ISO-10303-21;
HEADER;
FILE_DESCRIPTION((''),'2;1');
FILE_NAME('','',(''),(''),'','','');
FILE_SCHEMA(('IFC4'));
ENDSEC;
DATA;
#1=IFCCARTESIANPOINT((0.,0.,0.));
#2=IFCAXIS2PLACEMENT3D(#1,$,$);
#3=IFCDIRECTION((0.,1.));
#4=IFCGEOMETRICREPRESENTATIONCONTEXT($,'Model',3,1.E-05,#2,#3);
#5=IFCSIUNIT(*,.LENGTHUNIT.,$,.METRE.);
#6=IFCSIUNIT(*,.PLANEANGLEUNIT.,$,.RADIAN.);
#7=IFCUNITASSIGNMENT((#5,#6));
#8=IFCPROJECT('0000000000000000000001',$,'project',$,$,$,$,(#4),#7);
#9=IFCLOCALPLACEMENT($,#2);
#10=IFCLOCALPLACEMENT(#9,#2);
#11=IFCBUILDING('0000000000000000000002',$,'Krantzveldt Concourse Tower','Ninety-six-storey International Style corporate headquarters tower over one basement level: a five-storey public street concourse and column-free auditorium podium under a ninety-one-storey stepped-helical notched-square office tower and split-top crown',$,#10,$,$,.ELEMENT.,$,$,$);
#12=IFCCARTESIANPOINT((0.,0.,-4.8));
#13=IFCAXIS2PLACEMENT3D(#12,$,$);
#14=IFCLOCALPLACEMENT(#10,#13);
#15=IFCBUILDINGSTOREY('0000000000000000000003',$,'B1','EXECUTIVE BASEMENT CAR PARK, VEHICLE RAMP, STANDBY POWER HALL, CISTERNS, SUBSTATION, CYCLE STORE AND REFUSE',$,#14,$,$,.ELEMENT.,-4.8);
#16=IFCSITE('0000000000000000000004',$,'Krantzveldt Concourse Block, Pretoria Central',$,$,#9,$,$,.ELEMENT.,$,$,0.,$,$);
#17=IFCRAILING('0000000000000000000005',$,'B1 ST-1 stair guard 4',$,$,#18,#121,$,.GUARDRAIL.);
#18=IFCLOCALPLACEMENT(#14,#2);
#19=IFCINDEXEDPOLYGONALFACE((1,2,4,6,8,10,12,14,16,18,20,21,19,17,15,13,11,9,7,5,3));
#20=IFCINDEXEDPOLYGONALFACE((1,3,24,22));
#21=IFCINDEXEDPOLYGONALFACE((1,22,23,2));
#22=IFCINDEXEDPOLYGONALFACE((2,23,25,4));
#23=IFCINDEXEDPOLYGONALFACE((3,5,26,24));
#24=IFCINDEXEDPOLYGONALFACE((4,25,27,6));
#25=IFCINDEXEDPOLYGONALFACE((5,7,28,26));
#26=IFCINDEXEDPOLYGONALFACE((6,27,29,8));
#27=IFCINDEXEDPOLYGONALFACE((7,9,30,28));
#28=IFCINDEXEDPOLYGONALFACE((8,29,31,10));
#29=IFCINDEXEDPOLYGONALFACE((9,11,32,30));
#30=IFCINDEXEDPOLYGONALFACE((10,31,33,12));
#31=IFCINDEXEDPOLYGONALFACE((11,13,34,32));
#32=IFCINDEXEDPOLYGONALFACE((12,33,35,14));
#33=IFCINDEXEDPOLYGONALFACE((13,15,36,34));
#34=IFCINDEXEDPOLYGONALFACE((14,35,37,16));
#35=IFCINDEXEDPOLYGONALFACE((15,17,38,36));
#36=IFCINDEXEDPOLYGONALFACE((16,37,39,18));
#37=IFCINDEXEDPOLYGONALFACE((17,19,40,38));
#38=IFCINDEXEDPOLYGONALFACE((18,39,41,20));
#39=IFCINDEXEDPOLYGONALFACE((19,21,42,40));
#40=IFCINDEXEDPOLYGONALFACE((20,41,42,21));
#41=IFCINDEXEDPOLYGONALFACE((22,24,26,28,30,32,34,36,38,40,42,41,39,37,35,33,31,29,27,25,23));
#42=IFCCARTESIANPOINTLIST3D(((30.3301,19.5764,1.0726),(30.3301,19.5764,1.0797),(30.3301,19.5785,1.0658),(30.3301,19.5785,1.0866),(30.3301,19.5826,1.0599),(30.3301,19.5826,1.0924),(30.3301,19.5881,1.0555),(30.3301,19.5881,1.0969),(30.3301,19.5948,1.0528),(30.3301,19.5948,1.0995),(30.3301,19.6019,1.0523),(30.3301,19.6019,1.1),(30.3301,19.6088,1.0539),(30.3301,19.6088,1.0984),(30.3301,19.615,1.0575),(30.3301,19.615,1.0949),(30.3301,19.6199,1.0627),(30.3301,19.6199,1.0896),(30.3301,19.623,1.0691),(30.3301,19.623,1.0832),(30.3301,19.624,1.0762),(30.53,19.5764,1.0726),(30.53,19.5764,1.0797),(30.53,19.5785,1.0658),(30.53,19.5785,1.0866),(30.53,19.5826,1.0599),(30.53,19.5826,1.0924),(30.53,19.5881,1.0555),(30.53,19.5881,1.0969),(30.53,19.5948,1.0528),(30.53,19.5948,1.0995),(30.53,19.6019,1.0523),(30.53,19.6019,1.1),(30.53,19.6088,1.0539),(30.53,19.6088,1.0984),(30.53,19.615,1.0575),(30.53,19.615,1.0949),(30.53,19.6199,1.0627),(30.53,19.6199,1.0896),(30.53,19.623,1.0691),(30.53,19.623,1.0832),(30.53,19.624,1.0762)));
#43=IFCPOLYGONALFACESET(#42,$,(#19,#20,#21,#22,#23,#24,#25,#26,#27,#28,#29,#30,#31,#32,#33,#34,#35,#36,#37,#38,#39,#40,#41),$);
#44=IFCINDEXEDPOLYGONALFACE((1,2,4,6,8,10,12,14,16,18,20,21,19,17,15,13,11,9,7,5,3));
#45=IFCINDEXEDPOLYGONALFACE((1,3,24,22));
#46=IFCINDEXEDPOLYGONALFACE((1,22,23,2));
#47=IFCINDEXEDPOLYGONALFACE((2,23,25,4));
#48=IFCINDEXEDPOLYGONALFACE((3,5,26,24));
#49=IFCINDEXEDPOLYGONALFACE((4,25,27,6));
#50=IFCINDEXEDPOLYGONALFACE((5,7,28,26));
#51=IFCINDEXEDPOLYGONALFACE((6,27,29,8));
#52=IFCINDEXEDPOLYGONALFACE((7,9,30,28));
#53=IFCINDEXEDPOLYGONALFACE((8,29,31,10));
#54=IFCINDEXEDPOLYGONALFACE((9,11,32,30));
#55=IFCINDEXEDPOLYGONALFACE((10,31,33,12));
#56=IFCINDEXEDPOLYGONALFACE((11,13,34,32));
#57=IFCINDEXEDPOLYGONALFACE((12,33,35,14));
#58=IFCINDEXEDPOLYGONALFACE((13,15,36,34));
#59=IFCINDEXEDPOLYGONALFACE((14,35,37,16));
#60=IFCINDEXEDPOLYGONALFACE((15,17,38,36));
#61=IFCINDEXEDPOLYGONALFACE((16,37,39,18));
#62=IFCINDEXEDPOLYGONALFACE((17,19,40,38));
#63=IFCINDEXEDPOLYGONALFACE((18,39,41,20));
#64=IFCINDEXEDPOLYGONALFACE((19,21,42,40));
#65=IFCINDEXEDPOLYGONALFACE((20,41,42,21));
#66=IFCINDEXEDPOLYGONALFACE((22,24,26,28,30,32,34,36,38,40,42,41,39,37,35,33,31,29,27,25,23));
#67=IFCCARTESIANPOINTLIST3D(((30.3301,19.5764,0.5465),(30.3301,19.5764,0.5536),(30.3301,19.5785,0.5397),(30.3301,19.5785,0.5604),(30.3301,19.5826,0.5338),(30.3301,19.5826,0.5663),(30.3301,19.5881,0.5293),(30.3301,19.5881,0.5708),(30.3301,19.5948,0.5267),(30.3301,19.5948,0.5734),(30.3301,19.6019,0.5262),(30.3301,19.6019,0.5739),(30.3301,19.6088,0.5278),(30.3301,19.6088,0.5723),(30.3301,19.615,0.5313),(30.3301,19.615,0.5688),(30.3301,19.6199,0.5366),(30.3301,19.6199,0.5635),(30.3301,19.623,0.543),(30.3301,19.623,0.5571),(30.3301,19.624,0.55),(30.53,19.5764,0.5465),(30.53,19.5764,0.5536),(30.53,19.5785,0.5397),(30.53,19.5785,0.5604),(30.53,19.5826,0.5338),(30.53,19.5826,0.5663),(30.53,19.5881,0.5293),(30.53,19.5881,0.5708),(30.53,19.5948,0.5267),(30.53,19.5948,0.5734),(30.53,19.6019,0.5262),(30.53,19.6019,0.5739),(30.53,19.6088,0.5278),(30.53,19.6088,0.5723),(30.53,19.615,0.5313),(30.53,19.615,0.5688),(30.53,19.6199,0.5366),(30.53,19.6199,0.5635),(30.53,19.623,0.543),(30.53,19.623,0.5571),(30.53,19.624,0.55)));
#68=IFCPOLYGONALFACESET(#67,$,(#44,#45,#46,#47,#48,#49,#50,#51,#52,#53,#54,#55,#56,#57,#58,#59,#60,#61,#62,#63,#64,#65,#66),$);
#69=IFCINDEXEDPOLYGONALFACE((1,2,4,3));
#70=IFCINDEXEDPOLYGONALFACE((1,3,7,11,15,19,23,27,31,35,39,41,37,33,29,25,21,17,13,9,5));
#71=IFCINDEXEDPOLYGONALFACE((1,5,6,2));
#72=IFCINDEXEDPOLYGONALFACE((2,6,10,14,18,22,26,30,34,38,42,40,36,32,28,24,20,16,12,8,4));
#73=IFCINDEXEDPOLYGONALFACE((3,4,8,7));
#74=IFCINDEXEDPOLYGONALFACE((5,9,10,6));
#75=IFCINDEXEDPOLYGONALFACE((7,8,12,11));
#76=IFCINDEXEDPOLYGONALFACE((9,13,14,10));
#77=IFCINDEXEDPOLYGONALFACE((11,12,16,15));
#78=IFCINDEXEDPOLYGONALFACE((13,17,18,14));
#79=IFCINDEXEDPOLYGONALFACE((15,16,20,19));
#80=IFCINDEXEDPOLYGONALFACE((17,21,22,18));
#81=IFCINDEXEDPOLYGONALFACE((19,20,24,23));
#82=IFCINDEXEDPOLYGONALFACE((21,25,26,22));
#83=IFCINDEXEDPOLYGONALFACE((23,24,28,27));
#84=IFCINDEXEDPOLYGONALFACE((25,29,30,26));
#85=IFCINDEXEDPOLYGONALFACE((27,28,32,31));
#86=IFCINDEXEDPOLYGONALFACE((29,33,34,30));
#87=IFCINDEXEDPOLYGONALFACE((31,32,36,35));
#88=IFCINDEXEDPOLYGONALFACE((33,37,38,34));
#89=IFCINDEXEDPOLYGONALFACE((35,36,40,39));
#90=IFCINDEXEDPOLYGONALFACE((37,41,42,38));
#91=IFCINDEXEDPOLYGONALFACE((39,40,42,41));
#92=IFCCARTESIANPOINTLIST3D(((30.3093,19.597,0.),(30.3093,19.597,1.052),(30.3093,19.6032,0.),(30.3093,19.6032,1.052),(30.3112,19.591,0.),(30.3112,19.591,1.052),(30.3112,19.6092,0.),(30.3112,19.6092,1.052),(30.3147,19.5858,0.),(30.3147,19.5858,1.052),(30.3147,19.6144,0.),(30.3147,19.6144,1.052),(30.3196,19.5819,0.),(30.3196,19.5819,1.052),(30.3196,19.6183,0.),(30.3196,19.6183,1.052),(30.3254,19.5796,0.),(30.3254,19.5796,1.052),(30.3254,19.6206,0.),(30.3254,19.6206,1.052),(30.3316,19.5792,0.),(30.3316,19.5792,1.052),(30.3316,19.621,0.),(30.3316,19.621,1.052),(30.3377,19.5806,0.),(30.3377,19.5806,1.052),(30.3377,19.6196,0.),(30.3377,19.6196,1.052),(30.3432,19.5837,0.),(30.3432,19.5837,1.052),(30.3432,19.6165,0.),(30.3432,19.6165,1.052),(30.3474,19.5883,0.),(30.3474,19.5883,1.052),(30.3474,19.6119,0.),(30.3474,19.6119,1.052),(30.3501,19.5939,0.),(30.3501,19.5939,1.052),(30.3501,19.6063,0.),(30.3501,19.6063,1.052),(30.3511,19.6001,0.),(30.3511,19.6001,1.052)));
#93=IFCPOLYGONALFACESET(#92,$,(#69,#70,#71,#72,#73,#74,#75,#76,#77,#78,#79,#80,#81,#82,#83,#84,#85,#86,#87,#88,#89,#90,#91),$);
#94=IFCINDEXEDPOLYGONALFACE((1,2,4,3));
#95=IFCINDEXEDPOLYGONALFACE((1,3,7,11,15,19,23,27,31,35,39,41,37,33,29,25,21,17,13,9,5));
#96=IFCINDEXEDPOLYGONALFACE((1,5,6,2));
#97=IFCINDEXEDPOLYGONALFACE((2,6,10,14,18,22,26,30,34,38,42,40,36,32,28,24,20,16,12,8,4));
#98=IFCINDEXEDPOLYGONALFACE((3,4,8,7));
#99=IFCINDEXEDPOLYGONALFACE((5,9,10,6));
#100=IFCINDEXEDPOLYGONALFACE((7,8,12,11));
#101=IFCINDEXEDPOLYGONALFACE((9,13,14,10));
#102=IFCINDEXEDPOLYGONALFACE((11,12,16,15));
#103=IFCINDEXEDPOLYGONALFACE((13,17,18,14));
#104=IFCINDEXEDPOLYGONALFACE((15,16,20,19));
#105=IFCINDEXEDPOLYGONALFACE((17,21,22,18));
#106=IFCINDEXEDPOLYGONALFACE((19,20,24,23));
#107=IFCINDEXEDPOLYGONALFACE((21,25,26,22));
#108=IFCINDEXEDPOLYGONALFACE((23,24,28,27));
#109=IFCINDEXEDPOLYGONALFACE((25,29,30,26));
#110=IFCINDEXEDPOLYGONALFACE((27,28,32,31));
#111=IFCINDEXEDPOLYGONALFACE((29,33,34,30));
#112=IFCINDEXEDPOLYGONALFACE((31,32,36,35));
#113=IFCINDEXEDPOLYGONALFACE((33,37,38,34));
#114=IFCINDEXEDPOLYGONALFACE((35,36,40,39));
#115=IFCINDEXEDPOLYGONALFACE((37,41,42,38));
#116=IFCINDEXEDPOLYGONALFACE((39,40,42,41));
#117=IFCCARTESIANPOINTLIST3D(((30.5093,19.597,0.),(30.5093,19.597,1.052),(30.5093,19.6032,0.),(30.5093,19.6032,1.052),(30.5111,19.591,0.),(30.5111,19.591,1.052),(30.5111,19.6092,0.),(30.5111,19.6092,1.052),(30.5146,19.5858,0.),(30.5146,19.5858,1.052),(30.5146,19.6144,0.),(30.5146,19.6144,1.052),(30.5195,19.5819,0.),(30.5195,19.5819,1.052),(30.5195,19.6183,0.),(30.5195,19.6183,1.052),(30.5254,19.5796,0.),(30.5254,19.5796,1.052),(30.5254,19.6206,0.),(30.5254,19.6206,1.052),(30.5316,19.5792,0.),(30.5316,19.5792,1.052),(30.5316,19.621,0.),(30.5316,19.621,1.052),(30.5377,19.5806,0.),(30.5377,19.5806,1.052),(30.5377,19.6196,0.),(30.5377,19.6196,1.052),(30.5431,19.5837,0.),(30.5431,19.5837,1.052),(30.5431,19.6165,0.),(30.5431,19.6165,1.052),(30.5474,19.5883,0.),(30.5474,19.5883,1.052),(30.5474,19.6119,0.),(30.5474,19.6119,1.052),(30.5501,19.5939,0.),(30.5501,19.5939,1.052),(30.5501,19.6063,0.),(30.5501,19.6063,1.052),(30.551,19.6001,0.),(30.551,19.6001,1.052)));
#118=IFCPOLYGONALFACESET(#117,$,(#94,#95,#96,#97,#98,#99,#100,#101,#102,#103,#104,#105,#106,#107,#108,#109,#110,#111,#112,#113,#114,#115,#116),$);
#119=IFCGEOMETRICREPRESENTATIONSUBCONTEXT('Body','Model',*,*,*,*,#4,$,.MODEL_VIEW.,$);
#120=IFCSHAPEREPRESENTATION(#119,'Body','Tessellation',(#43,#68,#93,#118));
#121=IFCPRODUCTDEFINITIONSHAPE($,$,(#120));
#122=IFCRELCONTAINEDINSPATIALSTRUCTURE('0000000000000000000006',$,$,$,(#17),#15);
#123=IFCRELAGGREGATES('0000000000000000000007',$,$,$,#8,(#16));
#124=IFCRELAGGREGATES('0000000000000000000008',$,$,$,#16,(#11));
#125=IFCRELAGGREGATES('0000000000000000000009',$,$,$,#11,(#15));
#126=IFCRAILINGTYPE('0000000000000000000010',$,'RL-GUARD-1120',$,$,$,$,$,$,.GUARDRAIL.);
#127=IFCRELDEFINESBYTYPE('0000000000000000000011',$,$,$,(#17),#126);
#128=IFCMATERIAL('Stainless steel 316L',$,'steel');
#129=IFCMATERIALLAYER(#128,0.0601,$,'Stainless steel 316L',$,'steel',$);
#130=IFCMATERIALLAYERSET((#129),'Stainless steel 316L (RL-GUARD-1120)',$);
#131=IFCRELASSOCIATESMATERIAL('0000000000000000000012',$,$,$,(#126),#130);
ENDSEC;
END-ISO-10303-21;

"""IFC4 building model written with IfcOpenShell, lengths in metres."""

from ifc_helpers import new_model, si_unit, direction, frame, origin, origin_2d, place, context, subcontext, project, spatial, circle, extrude, material, layer, layer_set, type_object, element, save


model = new_model("IFC4")

# Units and contexts
model_context = context("Model", 3, precision=1e-05, world=origin(), true_north=direction((0.0, 1.0)))
body_context = subcontext(model_context, "Body", "Model", "MODEL_VIEW")
ifc_project = project(units=[si_unit("LENGTHUNIT", "METRE"), si_unit("PLANEANGLEUNIT", "RADIAN")], contexts=[model_context])

# Site, building, storey
site_placement = place(None, origin())
site = spatial("IfcSite", under=ifc_project, at=site_placement, Name="Krantzveldt Concourse Block, Pretoria Central", CompositionType="ELEMENT", RefElevation=0.0)
building_placement = place(site_placement, origin())
building = spatial("IfcBuilding", under=site, at=building_placement, Name="Krantzveldt Concourse Tower", Description="Ninety-six-storey International Style corporate headquarters tower over one basement level: a five-storey public street concourse and column-free auditorium podium under a ninety-one-storey stepped-helical notched-square office tower and split-top crown", CompositionType="ELEMENT")
storey_placement = place(building_placement, frame((0.0, 0.0, -4.8)))
storey = spatial("IfcBuildingStorey", under=building, at=storey_placement, Name="B1", Description="EXECUTIVE BASEMENT CAR PARK, VEHICLE RAMP, STANDBY POWER HALL, CISTERNS, SUBSTATION, CYCLE STORE AND REFUSE", CompositionType="ELEMENT", Elevation=-4.8)

# Railing
ifc_material_1 = material(Name="Stainless steel 316L", Category="steel")
ifc_layer_1 = layer(ifc_material_1, 0.0601, Name="Stainless steel 316L", Category="steel")
ifc_layer_set_1 = layer_set([ifc_layer_1], Name="Stainless steel 316L (RL-GUARD-1120)")
railing_type_1 = type_object("IfcRailingType", Name="RL-GUARD-1120", PredefinedType="GUARDRAIL", material=ifc_layer_set_1)
railing_1_placement = place(storey_placement, frame((30.3301, 19.6001, 0.0)))
element("IfcRailing", 1, at=railing_1_placement, inside=storey, type_object=railing_type_1, Name="B1 ST-1 stair guard 4", PredefinedType="GUARDRAIL", context=body_context, shape_type="SweptSolid", body=[
    extrude(circle(Radius=0.0239, at=origin_2d()), frame((0.0, 0.0, 1.0762), z_axis=(1.0, 0.0, 0.0), x_axis=(0.0, 1.0, 0.0)), (0.0, 0.0, 1.0), 0.2),
    extrude(circle(Radius=0.0239, at=origin_2d()), frame((0.0, 0.0, 0.55), z_axis=(1.0, 0.0, 0.0), x_axis=(0.0, 1.0, 0.0)), (0.0, 0.0, 1.0), 0.2),
    extrude(circle(Radius=0.021, at=origin_2d()), origin(), (0.0, 0.0, 1.0), 1.052),
    extrude(circle(Radius=0.021, at=origin_2d()), frame((0.2, 0.0, 0.0)), (0.0, 0.0, 1.0), 1.052),
])

save(model, "model.ifc")
